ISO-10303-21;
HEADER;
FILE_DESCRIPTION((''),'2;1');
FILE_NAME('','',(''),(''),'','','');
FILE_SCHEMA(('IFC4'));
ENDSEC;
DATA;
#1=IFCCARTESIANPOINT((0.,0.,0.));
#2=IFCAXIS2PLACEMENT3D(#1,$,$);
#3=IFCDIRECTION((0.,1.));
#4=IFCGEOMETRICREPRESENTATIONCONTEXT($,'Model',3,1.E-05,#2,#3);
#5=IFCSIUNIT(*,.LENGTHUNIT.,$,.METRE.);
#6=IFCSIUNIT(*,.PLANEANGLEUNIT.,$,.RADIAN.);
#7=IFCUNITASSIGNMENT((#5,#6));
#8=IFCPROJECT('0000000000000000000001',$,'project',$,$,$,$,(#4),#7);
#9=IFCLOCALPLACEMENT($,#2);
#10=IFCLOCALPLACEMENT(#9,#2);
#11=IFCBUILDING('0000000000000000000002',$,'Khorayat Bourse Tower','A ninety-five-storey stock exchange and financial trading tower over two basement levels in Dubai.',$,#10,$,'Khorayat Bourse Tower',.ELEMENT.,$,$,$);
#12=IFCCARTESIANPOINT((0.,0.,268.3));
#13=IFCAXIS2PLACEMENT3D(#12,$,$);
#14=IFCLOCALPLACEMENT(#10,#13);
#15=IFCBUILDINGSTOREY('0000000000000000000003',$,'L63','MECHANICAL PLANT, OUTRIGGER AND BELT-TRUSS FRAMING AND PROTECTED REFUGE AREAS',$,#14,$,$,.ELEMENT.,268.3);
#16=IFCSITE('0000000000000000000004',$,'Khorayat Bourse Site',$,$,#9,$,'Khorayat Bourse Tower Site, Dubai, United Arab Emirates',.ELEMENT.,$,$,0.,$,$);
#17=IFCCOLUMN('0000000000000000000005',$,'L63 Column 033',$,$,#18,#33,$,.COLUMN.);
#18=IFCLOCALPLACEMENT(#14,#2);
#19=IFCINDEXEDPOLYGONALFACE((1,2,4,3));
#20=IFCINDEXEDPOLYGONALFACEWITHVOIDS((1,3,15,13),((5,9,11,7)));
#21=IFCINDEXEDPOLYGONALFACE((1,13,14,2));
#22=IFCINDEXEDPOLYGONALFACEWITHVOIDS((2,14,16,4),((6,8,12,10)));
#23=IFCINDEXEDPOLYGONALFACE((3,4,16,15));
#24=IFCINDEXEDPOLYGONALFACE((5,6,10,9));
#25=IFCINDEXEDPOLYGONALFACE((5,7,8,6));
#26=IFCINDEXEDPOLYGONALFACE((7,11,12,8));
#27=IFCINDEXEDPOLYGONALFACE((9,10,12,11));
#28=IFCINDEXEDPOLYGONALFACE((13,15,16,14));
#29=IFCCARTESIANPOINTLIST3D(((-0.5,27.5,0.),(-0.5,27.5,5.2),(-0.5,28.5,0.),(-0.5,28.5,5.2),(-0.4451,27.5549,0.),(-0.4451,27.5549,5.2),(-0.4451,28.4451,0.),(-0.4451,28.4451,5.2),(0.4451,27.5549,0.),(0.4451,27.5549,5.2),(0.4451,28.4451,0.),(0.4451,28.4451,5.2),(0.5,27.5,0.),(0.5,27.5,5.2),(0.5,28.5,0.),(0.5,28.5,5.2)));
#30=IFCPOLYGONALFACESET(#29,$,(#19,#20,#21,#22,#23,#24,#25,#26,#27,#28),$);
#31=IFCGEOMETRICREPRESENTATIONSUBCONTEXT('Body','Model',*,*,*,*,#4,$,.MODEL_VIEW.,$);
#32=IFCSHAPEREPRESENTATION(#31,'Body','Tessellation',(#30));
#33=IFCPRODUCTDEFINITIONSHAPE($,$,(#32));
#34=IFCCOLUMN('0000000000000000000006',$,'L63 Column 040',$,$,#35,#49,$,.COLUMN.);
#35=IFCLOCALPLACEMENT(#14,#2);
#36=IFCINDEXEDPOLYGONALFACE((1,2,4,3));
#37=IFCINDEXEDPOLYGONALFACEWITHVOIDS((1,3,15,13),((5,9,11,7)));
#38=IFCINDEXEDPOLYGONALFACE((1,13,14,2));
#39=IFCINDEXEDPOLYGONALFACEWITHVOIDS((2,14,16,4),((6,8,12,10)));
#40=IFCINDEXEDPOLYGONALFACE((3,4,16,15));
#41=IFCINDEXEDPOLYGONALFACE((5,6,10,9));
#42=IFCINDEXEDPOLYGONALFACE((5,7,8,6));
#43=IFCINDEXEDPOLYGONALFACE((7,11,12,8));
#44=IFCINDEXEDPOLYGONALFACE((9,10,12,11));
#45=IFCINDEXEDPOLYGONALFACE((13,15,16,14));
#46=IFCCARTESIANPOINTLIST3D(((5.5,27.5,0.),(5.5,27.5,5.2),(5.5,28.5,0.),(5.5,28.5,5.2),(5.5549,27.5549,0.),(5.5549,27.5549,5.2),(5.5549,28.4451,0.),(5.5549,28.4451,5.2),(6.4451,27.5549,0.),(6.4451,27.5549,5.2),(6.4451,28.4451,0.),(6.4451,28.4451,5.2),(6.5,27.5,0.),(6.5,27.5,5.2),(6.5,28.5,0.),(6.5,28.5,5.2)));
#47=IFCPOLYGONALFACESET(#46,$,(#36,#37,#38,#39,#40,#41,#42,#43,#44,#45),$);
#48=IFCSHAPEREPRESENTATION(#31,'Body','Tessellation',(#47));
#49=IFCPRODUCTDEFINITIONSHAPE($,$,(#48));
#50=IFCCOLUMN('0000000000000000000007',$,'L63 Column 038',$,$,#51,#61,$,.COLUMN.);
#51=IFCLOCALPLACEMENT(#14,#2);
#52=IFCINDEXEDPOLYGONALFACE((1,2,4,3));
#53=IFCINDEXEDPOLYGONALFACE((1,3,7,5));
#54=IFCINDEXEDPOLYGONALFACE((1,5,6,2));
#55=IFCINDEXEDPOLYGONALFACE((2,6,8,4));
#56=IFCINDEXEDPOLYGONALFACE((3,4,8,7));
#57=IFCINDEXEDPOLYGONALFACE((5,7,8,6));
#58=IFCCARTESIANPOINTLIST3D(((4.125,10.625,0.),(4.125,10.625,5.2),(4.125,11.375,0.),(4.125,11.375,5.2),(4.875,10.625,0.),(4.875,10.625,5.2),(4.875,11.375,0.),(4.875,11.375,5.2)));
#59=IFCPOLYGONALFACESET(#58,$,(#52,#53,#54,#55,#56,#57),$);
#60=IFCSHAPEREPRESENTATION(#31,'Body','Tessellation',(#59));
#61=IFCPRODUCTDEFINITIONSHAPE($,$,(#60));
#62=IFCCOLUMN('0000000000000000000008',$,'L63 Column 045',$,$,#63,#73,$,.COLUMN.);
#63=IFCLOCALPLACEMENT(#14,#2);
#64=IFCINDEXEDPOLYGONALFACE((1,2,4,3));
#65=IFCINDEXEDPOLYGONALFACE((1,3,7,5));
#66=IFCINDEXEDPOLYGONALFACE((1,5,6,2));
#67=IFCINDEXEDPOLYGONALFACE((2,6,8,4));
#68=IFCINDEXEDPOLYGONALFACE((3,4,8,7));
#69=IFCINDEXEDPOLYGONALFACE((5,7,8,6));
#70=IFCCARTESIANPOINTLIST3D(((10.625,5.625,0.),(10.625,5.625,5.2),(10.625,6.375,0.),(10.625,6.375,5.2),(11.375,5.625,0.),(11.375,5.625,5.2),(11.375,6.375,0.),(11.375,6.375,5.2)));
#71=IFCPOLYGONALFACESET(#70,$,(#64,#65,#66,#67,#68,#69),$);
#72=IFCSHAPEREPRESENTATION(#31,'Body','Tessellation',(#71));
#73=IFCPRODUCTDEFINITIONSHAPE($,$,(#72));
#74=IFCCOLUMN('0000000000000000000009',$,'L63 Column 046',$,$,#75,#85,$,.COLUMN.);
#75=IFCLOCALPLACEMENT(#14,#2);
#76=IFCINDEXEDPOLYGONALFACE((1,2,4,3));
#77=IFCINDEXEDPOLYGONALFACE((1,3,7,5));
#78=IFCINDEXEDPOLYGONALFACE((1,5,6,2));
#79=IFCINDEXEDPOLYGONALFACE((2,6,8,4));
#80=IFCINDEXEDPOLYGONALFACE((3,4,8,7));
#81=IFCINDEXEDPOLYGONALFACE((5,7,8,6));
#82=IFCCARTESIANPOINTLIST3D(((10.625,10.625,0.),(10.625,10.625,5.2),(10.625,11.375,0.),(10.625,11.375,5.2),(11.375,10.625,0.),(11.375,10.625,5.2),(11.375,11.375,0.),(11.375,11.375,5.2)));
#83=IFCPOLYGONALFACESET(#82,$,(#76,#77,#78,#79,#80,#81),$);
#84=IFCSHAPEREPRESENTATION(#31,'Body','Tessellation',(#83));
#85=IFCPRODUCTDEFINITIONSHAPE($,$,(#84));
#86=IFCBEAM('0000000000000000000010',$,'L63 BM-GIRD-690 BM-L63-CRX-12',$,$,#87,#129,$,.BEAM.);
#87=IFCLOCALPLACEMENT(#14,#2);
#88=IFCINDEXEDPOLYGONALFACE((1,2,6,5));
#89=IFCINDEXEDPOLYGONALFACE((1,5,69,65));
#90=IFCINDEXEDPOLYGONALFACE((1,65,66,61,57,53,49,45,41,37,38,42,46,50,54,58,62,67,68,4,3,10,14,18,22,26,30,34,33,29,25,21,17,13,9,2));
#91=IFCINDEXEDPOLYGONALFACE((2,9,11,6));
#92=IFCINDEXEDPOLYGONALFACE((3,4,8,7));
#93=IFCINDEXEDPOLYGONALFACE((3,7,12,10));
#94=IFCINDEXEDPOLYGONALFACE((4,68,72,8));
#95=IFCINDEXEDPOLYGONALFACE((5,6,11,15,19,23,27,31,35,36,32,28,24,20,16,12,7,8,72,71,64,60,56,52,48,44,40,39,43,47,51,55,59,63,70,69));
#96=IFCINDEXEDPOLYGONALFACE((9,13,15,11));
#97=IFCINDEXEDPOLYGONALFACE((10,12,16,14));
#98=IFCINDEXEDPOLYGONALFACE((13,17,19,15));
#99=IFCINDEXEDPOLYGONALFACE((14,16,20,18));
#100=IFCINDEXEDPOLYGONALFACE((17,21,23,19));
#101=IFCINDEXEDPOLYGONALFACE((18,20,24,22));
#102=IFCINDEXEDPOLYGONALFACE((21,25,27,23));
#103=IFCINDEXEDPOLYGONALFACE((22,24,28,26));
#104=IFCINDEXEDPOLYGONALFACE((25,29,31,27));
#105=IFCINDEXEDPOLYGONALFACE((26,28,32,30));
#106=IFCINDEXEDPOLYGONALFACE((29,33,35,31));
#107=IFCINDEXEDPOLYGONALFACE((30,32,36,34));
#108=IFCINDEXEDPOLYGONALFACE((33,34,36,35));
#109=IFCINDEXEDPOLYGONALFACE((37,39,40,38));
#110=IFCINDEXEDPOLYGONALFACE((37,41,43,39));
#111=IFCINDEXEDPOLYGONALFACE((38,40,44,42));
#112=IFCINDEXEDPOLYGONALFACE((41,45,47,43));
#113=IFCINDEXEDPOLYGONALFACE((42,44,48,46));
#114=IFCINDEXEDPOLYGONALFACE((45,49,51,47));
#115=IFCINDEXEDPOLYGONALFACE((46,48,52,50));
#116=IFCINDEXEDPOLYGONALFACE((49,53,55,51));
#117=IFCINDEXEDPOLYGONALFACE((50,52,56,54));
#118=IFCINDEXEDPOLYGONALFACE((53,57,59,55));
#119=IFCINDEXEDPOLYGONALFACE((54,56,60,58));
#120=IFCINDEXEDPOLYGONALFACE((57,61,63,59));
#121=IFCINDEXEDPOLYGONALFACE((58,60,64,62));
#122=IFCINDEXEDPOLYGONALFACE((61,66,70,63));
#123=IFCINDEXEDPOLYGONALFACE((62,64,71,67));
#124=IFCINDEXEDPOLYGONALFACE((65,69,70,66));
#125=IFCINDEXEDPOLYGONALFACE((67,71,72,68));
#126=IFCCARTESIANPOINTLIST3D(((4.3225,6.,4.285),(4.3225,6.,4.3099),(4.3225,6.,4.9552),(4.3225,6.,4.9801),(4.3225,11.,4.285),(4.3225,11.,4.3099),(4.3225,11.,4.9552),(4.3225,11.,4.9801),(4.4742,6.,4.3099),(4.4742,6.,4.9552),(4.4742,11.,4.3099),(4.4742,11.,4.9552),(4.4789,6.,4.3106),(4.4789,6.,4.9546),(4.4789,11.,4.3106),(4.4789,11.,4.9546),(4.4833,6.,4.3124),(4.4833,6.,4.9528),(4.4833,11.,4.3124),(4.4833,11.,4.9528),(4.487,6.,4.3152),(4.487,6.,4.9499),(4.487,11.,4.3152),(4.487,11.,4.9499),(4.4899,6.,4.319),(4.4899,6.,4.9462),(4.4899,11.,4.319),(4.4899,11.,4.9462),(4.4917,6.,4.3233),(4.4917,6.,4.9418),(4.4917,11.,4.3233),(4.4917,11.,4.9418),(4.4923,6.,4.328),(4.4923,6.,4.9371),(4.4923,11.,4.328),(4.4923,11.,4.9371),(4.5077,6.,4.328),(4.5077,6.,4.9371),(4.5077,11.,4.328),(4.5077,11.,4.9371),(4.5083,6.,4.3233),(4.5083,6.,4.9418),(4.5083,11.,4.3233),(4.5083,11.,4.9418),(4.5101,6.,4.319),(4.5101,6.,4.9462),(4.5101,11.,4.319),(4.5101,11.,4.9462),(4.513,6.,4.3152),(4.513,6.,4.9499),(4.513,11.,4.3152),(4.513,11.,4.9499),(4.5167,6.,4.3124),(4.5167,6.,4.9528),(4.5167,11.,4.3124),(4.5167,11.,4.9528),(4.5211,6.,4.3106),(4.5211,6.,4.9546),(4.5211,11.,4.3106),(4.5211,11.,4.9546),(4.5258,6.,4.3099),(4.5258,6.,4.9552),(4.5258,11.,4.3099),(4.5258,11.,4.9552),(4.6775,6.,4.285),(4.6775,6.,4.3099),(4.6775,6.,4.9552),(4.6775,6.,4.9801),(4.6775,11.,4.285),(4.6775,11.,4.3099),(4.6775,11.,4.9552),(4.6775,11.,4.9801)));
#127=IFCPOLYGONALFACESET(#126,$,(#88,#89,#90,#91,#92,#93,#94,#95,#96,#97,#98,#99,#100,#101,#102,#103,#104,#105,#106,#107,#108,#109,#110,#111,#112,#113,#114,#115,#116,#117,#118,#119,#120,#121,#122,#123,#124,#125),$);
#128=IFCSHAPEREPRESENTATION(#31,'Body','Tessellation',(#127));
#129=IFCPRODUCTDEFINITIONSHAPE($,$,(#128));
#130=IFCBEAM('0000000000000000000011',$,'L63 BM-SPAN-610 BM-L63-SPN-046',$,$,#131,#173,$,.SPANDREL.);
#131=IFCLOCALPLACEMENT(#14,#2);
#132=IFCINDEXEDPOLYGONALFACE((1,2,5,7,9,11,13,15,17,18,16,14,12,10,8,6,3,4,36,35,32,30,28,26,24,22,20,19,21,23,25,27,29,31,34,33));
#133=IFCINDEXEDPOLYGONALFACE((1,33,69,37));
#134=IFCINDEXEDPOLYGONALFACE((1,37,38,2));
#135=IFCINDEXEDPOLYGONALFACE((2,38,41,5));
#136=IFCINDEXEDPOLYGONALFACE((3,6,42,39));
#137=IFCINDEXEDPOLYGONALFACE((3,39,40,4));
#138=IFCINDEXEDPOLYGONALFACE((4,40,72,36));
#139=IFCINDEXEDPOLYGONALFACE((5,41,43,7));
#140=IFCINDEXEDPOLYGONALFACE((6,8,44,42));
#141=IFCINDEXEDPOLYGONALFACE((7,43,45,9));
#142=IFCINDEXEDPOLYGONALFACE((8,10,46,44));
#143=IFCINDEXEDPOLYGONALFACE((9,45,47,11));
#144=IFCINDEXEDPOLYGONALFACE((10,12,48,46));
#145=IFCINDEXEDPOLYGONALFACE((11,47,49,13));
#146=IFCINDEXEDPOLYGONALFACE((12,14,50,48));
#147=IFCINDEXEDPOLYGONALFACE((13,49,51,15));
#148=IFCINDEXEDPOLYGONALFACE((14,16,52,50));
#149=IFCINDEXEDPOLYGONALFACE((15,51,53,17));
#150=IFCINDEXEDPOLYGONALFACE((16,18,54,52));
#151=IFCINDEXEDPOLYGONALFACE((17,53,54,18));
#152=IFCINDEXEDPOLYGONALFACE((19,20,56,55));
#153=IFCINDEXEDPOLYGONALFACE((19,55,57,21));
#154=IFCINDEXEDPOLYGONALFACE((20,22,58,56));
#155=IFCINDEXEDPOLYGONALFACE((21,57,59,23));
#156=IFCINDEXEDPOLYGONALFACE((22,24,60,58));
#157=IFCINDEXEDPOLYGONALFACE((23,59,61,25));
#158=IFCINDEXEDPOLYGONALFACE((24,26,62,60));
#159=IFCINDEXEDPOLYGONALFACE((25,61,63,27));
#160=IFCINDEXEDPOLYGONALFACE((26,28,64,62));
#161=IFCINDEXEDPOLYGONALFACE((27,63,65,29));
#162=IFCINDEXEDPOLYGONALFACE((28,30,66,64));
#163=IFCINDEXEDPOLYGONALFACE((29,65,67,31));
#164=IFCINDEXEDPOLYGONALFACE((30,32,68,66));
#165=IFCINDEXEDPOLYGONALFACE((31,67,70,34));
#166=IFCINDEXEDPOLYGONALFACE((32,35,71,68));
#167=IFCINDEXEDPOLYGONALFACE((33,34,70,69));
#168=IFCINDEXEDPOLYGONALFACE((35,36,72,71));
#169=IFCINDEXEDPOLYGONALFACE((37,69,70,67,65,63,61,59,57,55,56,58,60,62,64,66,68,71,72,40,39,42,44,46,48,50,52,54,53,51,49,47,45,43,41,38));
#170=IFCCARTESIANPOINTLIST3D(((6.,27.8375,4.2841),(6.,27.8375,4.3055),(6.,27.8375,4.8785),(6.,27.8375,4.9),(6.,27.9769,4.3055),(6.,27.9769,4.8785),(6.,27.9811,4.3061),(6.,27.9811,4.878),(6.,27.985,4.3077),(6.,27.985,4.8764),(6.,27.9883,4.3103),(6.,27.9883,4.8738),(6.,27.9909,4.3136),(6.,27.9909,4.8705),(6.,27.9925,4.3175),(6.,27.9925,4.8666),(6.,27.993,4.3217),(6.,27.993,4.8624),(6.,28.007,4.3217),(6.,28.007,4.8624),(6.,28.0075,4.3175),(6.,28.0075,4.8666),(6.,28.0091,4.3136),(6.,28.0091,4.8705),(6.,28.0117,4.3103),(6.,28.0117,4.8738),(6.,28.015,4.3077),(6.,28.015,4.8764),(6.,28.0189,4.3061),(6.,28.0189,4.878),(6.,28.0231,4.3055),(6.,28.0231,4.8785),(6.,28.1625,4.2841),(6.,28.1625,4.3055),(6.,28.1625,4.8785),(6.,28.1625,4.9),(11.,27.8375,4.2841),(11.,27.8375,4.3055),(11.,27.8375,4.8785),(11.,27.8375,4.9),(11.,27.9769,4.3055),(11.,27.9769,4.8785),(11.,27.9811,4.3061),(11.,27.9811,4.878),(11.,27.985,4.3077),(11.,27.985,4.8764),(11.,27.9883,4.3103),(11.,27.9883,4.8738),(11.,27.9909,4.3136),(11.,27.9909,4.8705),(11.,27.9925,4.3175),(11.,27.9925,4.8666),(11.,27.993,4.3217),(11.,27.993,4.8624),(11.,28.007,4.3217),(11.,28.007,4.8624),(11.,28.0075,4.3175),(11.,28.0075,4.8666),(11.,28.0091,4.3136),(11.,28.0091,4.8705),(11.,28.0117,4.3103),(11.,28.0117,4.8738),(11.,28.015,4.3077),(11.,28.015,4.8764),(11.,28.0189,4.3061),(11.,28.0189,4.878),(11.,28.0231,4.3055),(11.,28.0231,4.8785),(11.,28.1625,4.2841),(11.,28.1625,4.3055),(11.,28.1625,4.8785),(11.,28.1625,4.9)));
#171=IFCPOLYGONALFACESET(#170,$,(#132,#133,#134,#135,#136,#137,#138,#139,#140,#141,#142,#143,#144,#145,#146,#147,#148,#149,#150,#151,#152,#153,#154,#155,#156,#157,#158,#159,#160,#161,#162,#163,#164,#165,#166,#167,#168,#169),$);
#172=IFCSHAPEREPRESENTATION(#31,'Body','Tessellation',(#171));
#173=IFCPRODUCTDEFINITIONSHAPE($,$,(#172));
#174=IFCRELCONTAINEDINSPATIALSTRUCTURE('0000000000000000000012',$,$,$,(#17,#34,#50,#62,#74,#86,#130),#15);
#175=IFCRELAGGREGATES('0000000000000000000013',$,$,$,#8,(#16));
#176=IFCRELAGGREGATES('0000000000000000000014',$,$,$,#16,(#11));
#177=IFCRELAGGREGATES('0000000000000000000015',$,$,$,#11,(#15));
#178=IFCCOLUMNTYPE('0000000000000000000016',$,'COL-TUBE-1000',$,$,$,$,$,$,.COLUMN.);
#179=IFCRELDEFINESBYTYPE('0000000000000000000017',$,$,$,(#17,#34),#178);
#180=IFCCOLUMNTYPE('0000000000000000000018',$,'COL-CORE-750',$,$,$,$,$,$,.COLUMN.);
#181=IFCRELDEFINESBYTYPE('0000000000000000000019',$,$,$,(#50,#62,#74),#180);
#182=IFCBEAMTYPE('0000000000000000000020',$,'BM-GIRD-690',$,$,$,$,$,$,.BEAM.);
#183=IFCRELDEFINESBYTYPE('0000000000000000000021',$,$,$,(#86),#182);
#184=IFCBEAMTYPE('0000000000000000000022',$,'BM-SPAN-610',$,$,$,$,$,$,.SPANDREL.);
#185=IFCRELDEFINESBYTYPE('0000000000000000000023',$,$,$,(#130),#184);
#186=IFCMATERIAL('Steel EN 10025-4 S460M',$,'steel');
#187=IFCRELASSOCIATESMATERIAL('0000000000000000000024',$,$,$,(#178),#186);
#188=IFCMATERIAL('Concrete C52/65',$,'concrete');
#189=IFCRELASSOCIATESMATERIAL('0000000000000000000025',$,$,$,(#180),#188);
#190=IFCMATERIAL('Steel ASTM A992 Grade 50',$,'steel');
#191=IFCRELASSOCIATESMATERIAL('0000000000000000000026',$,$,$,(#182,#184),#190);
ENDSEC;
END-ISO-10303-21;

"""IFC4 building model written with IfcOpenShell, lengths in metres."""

from ifc_helpers import new_model, si_unit, direction, frame, origin, origin_2d, place, context, subcontext, project, spatial, rectangle, hollow_rectangle, i_section, extrude, source, transform, mapped, material, material_profile, profile_set, type_object, element, save


model = new_model("IFC4")

# Units and contexts
model_context = context("Model", 3, precision=1e-05, world=origin(), true_north=direction((0.0, 1.0)))
body_context = subcontext(model_context, "Body", "Model", "MODEL_VIEW")
ifc_project = project(units=[si_unit("LENGTHUNIT", "METRE"), si_unit("PLANEANGLEUNIT", "RADIAN")], contexts=[model_context])

# Site, building, storey
site_placement = place(None, origin())
site = spatial("IfcSite", under=ifc_project, at=site_placement, Name="Khorayat Bourse Site", LongName="Khorayat Bourse Tower Site, Dubai, United Arab Emirates", CompositionType="ELEMENT", RefElevation=0.0)
building_placement = place(site_placement, origin())
building = spatial("IfcBuilding", under=site, at=building_placement, Name="Khorayat Bourse Tower", Description="A ninety-five-storey stock exchange and financial trading tower over two basement levels in Dubai.", LongName="Khorayat Bourse Tower", CompositionType="ELEMENT")
storey_placement = place(building_placement, frame((0.0, 0.0, 268.3)))
storey = spatial("IfcBuildingStorey", under=building, at=storey_placement, Name="L63", Description="MECHANICAL PLANT, OUTRIGGER AND BELT-TRUSS FRAMING AND PROTECTED REFUGE AREAS", CompositionType="ELEMENT", Elevation=268.3)

# Columns
ifc_material_1 = material(Name="Steel EN 10025-4 S460M", Category="steel")
ifc_material_profile_1 = material_profile(ifc_material_1, hollow_rectangle(XDim=1.0, YDim=1.0, WallThickness=0.0549, at=origin_2d()), Name="BOX 1000x1000x55")
ifc_profile_set_1 = profile_set([ifc_material_profile_1], Name="Steel EN 10025-4 S460M")
column_type_1 = type_object("IfcColumnType", Name="COL-TUBE-1000", PredefinedType="COLUMN", material=ifc_profile_set_1)
shared_shape_1 = source(origin(), body_context, "Body", "SweptSolid", [
    extrude(hollow_rectangle(XDim=1.0, YDim=1.0, WallThickness=0.0549, at=origin_2d()), origin(), (0.0, 0.0, 1.0), 5.2),
])
for number, where, z_axis, x_axis, name in (
    (1, (0.0, 28.0, 0.0), (0.0, 0.0, 1.0), (1.0, 0.0, 0.0), "L63 Column 033"),
    (2, (6.0, 28.0, 0.0), (0.0, 0.0, 1.0), (1.0, 0.0, 0.0), "L63 Column 040"),
):
    element("IfcColumn", number, at=place(storey_placement, frame(where, z_axis=z_axis, x_axis=x_axis)), inside=storey, type_object=column_type_1, Name=name, PredefinedType="COLUMN", context=body_context, shape_type="MappedRepresentation", body=[
        mapped(shared_shape_1, transform((0.0, 0.0, 0.0), scale=1.0)),
    ])
ifc_material_2 = material(Name="Concrete C52/65", Category="concrete")
ifc_material_profile_2 = material_profile(ifc_material_2, rectangle(XDim=0.75, YDim=0.75, at=origin_2d()), Name="RC 750x750")
ifc_profile_set_2 = profile_set([ifc_material_profile_2], Name="Concrete C52/65")
column_type_2 = type_object("IfcColumnType", Name="COL-CORE-750", PredefinedType="COLUMN", material=ifc_profile_set_2)
shared_shape_2 = source(origin(), body_context, "Body", "SweptSolid", [
    extrude(rectangle(XDim=0.75, YDim=0.75, at=origin_2d()), origin(), (0.0, 0.0, 1.0), 5.2),
])
for number, where, z_axis, x_axis, name in (
    (3, (4.5, 11.0, 0.0), (0.0, 0.0, 1.0), (1.0, 0.0, 0.0), "L63 Column 038"),
    (4, (11.0, 6.0, 0.0), (0.0, 0.0, 1.0), (1.0, 0.0, 0.0), "L63 Column 045"),
    (5, (11.0, 11.0, 0.0), (0.0, 0.0, 1.0), (1.0, 0.0, 0.0), "L63 Column 046"),
):
    element("IfcColumn", number, at=place(storey_placement, frame(where, z_axis=z_axis, x_axis=x_axis)), inside=storey, type_object=column_type_2, Name=name, PredefinedType="COLUMN", context=body_context, shape_type="MappedRepresentation", body=[
        mapped(shared_shape_2, transform((0.0, 0.0, 0.0), scale=1.0)),
    ])

# Beams
ifc_material_3 = material(Name="Steel ASTM A992 Grade 50", Category="steel")
ifc_material_profile_3 = material_profile(ifc_material_3, i_section(OverallWidth=0.355, OverallDepth=0.6951, WebThickness=0.0154, FlangeThickness=0.0249, FilletRadius=0.0181, at=origin_2d()), Name="W690X217")
ifc_profile_set_3 = profile_set([ifc_material_profile_3], Name="Steel ASTM A992 Grade 50")
beam_type_1 = type_object("IfcBeamType", Name="BM-GIRD-690", PredefinedType="BEAM", material=ifc_profile_set_3)
shared_shape_3 = source(origin(), body_context, "Body", "SweptSolid", [
    extrude(i_section(OverallWidth=0.355, OverallDepth=0.6951, WebThickness=0.0154, FlangeThickness=0.0249, FilletRadius=0.0181, at=origin_2d()), origin(), (0.0, 0.0, 1.0), 5.0),
])
beam_1_placement = place(storey_placement, frame((4.5, 6.0, 4.6326), z_axis=(0.0, 1.0, 0.0), x_axis=(-1.0, 0.0, 0.0)))
element("IfcBeam", 6, at=beam_1_placement, inside=storey, type_object=beam_type_1, Name="L63 BM-GIRD-690 BM-L63-CRX-12", PredefinedType="BEAM", context=body_context, shape_type="MappedRepresentation", body=[
    mapped(shared_shape_3, transform((0.0, 0.0, 0.0), scale=1.0)),
])
ifc_material_profile_4 = material_profile(ifc_material_3, i_section(OverallWidth=0.325, OverallDepth=0.616, WebThickness=0.0139, FlangeThickness=0.0215, FilletRadius=0.0161, at=origin_2d()), Name="W610X174")
ifc_profile_set_4 = profile_set([ifc_material_profile_4], Name="Steel ASTM A992 Grade 50")
beam_type_2 = type_object("IfcBeamType", Name="BM-SPAN-610", PredefinedType="SPANDREL", material=ifc_profile_set_4)
shared_shape_4 = source(origin(), body_context, "Body", "SweptSolid", [
    extrude(i_section(OverallWidth=0.325, OverallDepth=0.616, WebThickness=0.0139, FlangeThickness=0.0215, FilletRadius=0.0161, at=origin_2d()), origin(), (0.0, 0.0, 1.0), 5.0),
])
beam_2_placement = place(storey_placement, frame((6.0, 28.0, 4.592), z_axis=(1.0, 0.0, 0.0), x_axis=(0.0, 1.0, 0.0)))
element("IfcBeam", 7, at=beam_2_placement, inside=storey, type_object=beam_type_2, Name="L63 BM-SPAN-610 BM-L63-SPN-046", PredefinedType="SPANDREL", context=body_context, shape_type="MappedRepresentation", body=[
    mapped(shared_shape_4, transform((0.0, 0.0, 0.0), scale=1.0)),
])

save(model, "model.ifc")
